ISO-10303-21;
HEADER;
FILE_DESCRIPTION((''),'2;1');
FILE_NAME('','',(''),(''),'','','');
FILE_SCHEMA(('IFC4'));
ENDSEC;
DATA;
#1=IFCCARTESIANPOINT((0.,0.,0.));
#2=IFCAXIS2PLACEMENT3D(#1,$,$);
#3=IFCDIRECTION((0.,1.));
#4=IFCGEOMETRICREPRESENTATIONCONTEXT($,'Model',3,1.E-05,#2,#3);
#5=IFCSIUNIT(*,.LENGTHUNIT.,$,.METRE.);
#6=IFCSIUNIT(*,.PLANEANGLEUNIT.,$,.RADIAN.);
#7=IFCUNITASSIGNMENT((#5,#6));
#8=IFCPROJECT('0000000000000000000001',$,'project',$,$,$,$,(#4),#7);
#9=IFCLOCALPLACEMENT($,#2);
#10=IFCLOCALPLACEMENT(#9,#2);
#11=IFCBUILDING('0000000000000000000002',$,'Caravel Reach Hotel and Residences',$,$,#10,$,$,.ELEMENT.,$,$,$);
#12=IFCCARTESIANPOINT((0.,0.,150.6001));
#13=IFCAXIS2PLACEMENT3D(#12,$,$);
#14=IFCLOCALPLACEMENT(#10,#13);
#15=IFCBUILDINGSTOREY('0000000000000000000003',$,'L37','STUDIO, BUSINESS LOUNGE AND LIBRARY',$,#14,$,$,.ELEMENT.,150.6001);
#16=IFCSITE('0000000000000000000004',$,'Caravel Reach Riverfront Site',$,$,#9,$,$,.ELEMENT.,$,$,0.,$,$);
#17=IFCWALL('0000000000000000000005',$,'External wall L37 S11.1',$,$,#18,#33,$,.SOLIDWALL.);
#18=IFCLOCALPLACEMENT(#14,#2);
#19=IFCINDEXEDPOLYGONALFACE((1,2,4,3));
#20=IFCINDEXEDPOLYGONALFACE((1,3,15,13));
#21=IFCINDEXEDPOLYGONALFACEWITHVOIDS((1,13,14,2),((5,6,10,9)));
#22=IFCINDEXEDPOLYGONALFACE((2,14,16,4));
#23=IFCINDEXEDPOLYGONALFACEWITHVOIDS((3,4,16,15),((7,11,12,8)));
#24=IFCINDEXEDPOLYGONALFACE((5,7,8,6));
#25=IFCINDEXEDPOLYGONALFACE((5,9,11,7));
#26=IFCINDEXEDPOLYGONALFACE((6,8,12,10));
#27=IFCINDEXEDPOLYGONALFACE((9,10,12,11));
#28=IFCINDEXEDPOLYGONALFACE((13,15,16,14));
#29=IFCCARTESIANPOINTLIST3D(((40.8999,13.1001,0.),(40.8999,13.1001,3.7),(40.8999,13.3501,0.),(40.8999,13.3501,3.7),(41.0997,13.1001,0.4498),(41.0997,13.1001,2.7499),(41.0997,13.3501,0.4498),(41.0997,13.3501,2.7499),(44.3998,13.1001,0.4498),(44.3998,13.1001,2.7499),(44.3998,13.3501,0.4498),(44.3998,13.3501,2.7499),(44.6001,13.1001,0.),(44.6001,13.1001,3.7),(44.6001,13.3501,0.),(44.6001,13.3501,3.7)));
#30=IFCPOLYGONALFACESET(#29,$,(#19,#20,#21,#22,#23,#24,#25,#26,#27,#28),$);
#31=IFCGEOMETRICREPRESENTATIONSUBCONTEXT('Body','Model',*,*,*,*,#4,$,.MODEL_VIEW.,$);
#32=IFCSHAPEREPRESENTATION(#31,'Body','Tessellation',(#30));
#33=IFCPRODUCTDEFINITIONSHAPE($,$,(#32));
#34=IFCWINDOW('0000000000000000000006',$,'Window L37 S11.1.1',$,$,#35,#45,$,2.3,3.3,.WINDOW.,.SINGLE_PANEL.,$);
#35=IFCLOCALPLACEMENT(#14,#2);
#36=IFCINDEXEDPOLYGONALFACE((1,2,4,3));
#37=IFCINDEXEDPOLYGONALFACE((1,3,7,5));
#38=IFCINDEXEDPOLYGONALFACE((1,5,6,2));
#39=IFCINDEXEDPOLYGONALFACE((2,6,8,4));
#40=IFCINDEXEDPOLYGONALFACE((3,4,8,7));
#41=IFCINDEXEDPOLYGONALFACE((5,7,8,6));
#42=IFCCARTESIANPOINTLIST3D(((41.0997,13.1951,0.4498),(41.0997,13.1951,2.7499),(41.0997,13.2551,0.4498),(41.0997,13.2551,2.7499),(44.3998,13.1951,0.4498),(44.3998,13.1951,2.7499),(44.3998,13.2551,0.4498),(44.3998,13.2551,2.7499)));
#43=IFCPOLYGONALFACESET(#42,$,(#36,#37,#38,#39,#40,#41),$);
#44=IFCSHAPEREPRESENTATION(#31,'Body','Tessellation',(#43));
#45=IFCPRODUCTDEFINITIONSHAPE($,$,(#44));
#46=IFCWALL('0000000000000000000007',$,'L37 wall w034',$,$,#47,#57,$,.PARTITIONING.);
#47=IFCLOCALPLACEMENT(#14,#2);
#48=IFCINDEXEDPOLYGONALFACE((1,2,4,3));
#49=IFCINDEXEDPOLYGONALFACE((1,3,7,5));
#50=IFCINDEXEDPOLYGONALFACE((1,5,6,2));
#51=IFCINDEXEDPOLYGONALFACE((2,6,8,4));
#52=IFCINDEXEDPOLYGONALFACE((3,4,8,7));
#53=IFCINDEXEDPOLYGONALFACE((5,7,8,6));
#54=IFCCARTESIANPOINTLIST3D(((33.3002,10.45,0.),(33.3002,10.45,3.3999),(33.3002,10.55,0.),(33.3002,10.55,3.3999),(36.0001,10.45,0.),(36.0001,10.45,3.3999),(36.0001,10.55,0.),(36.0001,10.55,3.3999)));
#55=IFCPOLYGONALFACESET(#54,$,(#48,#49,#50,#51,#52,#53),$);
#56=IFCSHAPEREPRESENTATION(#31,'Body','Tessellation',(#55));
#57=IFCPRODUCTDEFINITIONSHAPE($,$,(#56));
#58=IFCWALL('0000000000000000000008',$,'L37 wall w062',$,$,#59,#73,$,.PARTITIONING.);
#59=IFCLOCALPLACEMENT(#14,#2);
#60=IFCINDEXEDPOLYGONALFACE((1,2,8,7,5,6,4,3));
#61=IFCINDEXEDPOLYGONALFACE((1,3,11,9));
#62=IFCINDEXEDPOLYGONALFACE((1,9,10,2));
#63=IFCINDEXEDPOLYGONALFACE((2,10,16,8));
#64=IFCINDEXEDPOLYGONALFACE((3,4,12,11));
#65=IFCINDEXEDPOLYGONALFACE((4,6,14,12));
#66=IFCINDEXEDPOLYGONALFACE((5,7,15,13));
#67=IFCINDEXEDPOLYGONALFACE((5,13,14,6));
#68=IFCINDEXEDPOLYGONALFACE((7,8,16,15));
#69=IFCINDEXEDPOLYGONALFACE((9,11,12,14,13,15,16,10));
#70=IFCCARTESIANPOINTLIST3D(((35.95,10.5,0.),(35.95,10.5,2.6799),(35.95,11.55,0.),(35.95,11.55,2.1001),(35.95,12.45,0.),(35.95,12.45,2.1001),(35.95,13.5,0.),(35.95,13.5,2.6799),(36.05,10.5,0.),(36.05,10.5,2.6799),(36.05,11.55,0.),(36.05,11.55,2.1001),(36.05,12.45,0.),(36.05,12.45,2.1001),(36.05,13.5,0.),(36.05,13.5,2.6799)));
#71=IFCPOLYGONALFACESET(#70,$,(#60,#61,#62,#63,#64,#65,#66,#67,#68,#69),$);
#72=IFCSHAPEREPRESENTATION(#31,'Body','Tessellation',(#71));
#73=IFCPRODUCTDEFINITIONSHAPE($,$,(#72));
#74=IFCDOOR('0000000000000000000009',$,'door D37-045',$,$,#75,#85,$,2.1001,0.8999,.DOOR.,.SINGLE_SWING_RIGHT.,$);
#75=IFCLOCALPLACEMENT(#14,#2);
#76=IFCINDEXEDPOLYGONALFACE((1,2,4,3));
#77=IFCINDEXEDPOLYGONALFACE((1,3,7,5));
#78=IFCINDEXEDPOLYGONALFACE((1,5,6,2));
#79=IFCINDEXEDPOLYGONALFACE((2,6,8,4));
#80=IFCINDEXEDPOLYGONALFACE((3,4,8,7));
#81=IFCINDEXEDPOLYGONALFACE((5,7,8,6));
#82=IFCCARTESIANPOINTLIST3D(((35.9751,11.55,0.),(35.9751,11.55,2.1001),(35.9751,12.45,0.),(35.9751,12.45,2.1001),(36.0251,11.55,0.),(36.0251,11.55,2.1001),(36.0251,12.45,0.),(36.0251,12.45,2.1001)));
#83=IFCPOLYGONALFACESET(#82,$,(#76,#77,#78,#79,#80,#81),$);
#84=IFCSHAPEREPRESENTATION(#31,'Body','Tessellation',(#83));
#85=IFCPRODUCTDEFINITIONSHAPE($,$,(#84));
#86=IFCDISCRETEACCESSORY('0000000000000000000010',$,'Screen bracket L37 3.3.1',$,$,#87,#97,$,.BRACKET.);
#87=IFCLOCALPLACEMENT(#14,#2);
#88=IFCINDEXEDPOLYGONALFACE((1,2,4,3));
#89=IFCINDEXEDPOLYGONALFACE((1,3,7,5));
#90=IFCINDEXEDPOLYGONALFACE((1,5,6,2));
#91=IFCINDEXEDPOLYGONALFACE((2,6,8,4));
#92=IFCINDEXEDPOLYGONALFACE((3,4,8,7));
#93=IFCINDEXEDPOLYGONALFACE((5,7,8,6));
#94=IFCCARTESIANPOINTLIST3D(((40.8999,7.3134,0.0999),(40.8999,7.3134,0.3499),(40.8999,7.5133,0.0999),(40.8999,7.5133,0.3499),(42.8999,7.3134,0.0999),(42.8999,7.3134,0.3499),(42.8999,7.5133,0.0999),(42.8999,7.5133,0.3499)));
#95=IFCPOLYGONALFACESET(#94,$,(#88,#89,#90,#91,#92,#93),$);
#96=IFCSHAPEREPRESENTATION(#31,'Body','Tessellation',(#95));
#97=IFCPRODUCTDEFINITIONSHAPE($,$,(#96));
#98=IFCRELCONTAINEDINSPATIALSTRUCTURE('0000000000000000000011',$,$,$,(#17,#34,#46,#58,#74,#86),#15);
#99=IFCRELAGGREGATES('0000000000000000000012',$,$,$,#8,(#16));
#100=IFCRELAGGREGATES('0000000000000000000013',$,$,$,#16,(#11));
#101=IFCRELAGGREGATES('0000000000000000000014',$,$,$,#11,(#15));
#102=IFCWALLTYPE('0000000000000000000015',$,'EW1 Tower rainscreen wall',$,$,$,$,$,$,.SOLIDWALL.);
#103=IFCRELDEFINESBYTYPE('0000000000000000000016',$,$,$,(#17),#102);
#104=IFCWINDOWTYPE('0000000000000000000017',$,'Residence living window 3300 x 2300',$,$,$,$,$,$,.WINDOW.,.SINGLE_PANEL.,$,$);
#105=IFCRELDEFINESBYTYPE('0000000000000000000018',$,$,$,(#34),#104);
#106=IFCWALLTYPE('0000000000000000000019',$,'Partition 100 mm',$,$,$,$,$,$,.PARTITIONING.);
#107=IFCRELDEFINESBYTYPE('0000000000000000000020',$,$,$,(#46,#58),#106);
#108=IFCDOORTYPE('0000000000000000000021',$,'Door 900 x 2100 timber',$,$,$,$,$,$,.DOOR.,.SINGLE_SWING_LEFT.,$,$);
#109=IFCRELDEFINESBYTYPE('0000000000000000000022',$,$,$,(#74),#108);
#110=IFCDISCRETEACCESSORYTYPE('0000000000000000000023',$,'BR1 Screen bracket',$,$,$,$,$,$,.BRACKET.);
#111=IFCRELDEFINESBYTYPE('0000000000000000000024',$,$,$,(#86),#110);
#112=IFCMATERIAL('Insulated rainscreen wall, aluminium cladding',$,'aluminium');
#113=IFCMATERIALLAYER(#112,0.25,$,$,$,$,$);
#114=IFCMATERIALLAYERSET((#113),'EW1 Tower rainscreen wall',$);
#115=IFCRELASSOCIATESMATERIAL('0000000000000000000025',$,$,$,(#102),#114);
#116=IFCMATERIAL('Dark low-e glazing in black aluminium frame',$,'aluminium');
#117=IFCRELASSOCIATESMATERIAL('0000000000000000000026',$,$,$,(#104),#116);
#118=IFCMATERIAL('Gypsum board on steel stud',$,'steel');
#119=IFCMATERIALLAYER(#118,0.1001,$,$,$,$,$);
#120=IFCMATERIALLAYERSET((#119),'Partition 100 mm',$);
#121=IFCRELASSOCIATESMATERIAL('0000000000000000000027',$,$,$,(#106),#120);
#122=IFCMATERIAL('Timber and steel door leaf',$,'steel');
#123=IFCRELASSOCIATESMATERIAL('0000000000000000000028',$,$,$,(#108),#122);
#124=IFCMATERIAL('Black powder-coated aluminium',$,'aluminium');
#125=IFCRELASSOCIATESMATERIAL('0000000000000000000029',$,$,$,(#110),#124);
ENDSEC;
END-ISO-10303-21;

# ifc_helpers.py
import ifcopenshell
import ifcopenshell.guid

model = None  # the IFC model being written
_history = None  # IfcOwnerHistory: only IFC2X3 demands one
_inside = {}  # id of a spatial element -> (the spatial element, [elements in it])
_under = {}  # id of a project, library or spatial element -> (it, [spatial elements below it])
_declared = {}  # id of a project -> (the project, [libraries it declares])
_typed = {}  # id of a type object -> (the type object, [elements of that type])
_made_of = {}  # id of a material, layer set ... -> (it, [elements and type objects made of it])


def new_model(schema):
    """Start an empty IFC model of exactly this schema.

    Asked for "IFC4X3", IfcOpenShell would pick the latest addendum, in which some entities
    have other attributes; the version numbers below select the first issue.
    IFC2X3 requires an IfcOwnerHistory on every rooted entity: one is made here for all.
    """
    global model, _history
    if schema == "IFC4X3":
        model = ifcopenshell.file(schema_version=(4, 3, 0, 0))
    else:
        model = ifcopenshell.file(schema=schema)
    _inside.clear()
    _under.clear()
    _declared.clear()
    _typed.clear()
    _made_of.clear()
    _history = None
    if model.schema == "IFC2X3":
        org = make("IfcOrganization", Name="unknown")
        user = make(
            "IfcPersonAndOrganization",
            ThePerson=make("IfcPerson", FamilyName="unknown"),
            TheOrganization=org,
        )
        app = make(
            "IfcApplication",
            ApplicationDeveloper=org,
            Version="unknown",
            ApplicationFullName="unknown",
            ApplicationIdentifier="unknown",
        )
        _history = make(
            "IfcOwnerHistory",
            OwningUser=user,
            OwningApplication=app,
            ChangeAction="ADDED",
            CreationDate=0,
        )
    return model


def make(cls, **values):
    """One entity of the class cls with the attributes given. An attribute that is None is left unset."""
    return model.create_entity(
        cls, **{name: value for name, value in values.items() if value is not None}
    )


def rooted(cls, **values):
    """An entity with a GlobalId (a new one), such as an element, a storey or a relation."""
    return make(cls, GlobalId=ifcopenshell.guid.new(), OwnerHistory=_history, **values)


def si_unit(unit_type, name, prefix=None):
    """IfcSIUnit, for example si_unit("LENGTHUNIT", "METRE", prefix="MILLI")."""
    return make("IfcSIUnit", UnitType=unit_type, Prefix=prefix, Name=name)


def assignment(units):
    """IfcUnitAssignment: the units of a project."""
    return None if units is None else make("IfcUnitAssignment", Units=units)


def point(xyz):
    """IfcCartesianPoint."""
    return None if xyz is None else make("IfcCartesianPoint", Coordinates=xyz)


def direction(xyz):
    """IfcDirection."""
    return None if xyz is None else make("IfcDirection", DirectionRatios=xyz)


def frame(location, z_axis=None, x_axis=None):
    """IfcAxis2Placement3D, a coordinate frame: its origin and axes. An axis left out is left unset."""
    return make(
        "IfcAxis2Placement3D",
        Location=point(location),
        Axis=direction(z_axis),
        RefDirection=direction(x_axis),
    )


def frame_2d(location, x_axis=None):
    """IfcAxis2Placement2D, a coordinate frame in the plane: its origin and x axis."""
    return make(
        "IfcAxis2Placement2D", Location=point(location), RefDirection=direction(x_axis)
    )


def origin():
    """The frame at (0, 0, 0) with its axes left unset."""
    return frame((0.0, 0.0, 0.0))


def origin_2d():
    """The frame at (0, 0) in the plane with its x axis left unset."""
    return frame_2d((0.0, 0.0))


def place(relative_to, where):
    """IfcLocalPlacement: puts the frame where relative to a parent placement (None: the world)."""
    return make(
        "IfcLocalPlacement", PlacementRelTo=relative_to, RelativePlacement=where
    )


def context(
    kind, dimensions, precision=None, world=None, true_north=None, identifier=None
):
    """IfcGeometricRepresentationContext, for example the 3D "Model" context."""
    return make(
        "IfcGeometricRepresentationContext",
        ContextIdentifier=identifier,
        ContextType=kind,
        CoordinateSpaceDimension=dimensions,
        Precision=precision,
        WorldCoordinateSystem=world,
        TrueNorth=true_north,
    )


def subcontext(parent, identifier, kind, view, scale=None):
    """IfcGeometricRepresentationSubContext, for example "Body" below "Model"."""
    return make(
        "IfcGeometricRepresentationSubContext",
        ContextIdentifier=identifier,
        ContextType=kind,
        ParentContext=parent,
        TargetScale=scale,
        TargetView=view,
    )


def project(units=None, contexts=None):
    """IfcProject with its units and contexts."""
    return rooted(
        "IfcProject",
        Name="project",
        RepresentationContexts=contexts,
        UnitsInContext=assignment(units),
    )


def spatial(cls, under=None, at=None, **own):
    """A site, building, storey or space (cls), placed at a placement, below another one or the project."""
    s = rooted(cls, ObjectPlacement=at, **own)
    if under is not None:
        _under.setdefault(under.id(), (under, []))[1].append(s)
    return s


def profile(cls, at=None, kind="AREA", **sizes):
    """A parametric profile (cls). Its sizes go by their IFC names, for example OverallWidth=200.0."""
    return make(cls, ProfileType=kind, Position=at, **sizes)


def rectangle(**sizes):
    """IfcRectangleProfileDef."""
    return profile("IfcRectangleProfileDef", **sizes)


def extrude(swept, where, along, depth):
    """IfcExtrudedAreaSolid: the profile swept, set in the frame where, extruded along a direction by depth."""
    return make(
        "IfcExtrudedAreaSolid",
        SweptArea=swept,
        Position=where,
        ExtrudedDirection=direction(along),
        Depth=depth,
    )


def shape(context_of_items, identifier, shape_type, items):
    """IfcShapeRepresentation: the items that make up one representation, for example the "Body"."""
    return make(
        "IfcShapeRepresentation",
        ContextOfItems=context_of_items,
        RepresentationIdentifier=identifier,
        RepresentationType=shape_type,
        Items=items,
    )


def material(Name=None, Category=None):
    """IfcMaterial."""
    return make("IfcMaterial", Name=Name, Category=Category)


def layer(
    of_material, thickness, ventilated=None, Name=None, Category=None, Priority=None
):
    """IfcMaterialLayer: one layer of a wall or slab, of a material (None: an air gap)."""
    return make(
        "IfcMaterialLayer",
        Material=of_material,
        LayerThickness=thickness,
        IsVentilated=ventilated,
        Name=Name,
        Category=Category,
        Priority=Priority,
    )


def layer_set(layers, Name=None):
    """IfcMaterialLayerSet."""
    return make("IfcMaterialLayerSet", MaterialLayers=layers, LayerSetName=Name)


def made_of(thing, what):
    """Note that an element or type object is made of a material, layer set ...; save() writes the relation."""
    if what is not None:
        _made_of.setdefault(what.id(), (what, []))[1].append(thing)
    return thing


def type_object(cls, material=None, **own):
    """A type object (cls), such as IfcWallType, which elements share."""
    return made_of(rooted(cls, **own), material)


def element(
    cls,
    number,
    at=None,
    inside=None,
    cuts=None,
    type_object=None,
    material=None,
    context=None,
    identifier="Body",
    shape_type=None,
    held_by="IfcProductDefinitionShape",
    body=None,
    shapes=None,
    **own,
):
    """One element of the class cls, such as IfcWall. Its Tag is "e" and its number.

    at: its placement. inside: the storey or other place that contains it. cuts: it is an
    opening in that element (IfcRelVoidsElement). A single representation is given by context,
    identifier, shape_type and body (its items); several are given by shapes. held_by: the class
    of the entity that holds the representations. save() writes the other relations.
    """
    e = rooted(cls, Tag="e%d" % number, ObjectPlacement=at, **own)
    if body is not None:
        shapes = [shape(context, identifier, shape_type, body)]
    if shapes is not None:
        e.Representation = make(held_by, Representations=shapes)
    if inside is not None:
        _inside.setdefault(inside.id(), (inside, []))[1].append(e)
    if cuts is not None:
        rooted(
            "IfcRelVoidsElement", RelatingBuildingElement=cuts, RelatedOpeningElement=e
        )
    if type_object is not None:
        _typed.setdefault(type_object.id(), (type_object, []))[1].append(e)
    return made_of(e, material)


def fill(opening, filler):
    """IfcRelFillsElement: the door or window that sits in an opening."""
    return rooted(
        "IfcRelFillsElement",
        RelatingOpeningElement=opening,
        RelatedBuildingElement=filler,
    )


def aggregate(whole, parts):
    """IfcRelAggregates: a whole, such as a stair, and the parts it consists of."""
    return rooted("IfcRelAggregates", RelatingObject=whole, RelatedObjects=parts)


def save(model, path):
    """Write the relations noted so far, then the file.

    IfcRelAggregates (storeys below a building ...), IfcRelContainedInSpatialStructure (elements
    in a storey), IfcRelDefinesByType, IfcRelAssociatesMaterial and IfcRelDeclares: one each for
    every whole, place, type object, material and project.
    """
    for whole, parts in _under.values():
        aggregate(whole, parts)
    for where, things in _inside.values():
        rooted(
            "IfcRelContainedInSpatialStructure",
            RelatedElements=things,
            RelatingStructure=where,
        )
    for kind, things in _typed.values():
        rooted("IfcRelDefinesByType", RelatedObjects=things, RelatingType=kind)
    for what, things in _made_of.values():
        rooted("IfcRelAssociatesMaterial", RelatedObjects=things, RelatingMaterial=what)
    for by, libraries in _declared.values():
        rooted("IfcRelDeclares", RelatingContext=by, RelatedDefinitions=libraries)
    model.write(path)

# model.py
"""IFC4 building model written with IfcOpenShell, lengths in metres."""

from ifc_helpers import new_model, si_unit, direction, frame, frame_2d, origin, origin_2d, place, context, subcontext, project, spatial, rectangle, extrude, material, layer, layer_set, type_object, element, fill, save


model = new_model("IFC4")

# Units and contexts
model_context = context("Model", 3, precision=1e-05, world=origin(), true_north=direction((0.0, 1.0)))
body_context = subcontext(model_context, "Body", "Model", "MODEL_VIEW")
ifc_project = project(units=[si_unit("LENGTHUNIT", "METRE"), si_unit("PLANEANGLEUNIT", "RADIAN")], contexts=[model_context])

# Site, building, storey
site_placement = place(None, origin())
site = spatial("IfcSite", under=ifc_project, at=site_placement, Name="Caravel Reach Riverfront Site", CompositionType="ELEMENT", RefElevation=0.0)
building_placement = place(site_placement, origin())
building = spatial("IfcBuilding", under=site, at=building_placement, Name="Caravel Reach Hotel and Residences", CompositionType="ELEMENT")
storey_placement = place(building_placement, frame((0.0, 0.0, 150.6001)))
storey = spatial("IfcBuildingStorey", under=building, at=storey_placement, Name="L37", Description="STUDIO, BUSINESS LOUNGE AND LIBRARY", CompositionType="ELEMENT", Elevation=150.6001)

# Shared definitions
ifc_material_1 = material(Name="Insulated rainscreen wall, aluminium cladding", Category="aluminium")
ifc_layer_1 = layer(ifc_material_1, 0.25)
ifc_layer_set_1 = layer_set([ifc_layer_1], Name="EW1 Tower rainscreen wall")
wall_type_1 = type_object("IfcWallType", Name="EW1 Tower rainscreen wall", PredefinedType="SOLIDWALL", material=ifc_layer_set_1)
ifc_material_2 = material(Name="Dark low-e glazing in black aluminium frame", Category="aluminium")
window_type = type_object("IfcWindowType", Name="Residence living window 3300 x 2300", PartitioningType="SINGLE_PANEL", PredefinedType="WINDOW", material=ifc_material_2)

# Wall, opening, window
wall_1_placement = place(storey_placement, frame((40.8999, 13.2251, 0.0), z_axis=(0.0, 0.0, 1.0), x_axis=(1.0, 0.0, 0.0)))
wall_1 = element("IfcWall", 1, at=wall_1_placement, inside=storey, type_object=wall_type_1, Name="External wall L37 S11.1", PredefinedType="SOLIDWALL", context=body_context, shape_type="SweptSolid", body=[
    extrude(rectangle(XDim=3.7002, YDim=0.25, at=frame_2d((1.8501, 0.0))), origin(), (0.0, 0.0, 1.0), 3.7),
])
opening_1_placement = place(wall_1_placement, frame((0.2, 0.0, 0.45)))
opening_1 = element("IfcOpeningElement", 2, at=opening_1_placement, cuts=wall_1, PredefinedType="OPENING", context=body_context, shape_type="SweptSolid", body=[
    extrude(rectangle(XDim=3.3, YDim=2.3, at=frame_2d((1.6499, 1.1499))), frame((0.0, 0.135, 0.0), z_axis=(0.0, -1.0, 0.0), x_axis=(1.0, 0.0, 0.0)), (0.0, 0.0, 1.0), 0.27),
])
window_1_placement = place(opening_1_placement, origin())
window_1 = element("IfcWindow", 3, at=window_1_placement, inside=storey, type_object=window_type, Name="Window L37 S11.1.1", OverallHeight=2.3, OverallWidth=3.3, PartitioningType="SINGLE_PANEL", PredefinedType="WINDOW", context=body_context, shape_type="SweptSolid", body=[
    extrude(rectangle(XDim=3.3, YDim=2.3, at=frame_2d((1.6499, 1.1499))), frame((0.0, 0.03, 0.0), z_axis=(0.0, -1.0, 0.0), x_axis=(1.0, 0.0, 0.0)), (0.0, 0.0, 1.0), 0.0601),
])
fill(opening_1, window_1)

# Wall
ifc_material_3 = material(Name="Gypsum board on steel stud", Category="steel")
ifc_layer_2 = layer(ifc_material_3, 0.1001)
ifc_layer_set_2 = layer_set([ifc_layer_2], Name="Partition 100 mm")
wall_type_2 = type_object("IfcWallType", Name="Partition 100 mm", PredefinedType="PARTITIONING", material=ifc_layer_set_2)
wall_2_placement = place(storey_placement, frame((33.3, 10.5, 0.0), z_axis=(0.0, 0.0, 1.0), x_axis=(1.0, 0.0, 0.0)))
element("IfcWall", 4, at=wall_2_placement, inside=storey, type_object=wall_type_2, Name="L37 wall w034", PredefinedType="PARTITIONING", context=body_context, shape_type="SweptSolid", body=[
    extrude(rectangle(XDim=2.7, YDim=0.1001, at=frame_2d((1.3501, 0.0))), origin(), (0.0, 0.0, 1.0), 3.3999),
])

# Wall, opening, door
wall_3_placement = place(storey_placement, frame((36.0, 10.5, 0.0), z_axis=(0.0, 0.0, 1.0), x_axis=(0.0, 1.0, 0.0)))
wall_3 = element("IfcWall", 5, at=wall_3_placement, inside=storey, type_object=wall_type_2, Name="L37 wall w062", PredefinedType="PARTITIONING", context=body_context, shape_type="SweptSolid", body=[
    extrude(rectangle(XDim=3.0, YDim=0.1001, at=frame_2d((1.5, 0.0))), origin(), (0.0, 0.0, 1.0), 2.6799),
])
opening_2_placement = place(wall_3_placement, frame((1.05, 0.0, 0.0)))
opening_2 = element("IfcOpeningElement", 6, at=opening_2_placement, cuts=wall_3, PredefinedType="OPENING", context=body_context, shape_type="SweptSolid", body=[
    extrude(rectangle(XDim=0.8999, YDim=2.1001, at=frame_2d((0.45, 1.05))), frame((0.0, 0.0601, 0.0), z_axis=(0.0, -1.0, 0.0), x_axis=(1.0, 0.0, 0.0)), (0.0, 0.0, 1.0), 0.1201),
])
ifc_material_4 = material(Name="Timber and steel door leaf", Category="steel")
door_type_1 = type_object("IfcDoorType", Name="Door 900 x 2100 timber", OperationType="SINGLE_SWING_LEFT", PredefinedType="DOOR", material=ifc_material_4)
door_1_placement = place(opening_2_placement, origin())
door_1 = element("IfcDoor", 7, at=door_1_placement, inside=storey, type_object=door_type_1, Name="door D37-045", OperationType="SINGLE_SWING_RIGHT", OverallHeight=2.1001, OverallWidth=0.8999, PredefinedType="DOOR", context=body_context, shape_type="SweptSolid", body=[
    extrude(rectangle(XDim=0.8999, YDim=2.1001, at=frame_2d((0.45, 1.05))), frame((0.0, 0.0249, 0.0), z_axis=(0.0, -1.0, 0.0), x_axis=(1.0, 0.0, 0.0)), (0.0, 0.0, 1.0), 0.05),
])
fill(opening_2, door_1)

# Discrete accessory
ifc_material_5 = material(Name="Black powder-coated aluminium", Category="aluminium")
discrete_accessory_type = type_object("IfcDiscreteAccessoryType", Name="BR1 Screen bracket", PredefinedType="BRACKET", material=ifc_material_5)
discrete_accessory_placement = place(storey_placement, frame((41.8999, 7.4133, 0.0999), z_axis=(0.0, 0.0, 1.0), x_axis=(1.0, 0.0, 0.0)))
element("IfcDiscreteAccessory", 8, at=discrete_accessory_placement, inside=storey, type_object=discrete_accessory_type, Name="Screen bracket L37 3.3.1", PredefinedType="BRACKET", context=body_context, shape_type="SweptSolid", body=[
    extrude(rectangle(XDim=2.0, YDim=0.2, at=origin_2d()), origin(), (0.0, 0.0, 1.0), 0.25),
])

save(model, "model.ifc")
